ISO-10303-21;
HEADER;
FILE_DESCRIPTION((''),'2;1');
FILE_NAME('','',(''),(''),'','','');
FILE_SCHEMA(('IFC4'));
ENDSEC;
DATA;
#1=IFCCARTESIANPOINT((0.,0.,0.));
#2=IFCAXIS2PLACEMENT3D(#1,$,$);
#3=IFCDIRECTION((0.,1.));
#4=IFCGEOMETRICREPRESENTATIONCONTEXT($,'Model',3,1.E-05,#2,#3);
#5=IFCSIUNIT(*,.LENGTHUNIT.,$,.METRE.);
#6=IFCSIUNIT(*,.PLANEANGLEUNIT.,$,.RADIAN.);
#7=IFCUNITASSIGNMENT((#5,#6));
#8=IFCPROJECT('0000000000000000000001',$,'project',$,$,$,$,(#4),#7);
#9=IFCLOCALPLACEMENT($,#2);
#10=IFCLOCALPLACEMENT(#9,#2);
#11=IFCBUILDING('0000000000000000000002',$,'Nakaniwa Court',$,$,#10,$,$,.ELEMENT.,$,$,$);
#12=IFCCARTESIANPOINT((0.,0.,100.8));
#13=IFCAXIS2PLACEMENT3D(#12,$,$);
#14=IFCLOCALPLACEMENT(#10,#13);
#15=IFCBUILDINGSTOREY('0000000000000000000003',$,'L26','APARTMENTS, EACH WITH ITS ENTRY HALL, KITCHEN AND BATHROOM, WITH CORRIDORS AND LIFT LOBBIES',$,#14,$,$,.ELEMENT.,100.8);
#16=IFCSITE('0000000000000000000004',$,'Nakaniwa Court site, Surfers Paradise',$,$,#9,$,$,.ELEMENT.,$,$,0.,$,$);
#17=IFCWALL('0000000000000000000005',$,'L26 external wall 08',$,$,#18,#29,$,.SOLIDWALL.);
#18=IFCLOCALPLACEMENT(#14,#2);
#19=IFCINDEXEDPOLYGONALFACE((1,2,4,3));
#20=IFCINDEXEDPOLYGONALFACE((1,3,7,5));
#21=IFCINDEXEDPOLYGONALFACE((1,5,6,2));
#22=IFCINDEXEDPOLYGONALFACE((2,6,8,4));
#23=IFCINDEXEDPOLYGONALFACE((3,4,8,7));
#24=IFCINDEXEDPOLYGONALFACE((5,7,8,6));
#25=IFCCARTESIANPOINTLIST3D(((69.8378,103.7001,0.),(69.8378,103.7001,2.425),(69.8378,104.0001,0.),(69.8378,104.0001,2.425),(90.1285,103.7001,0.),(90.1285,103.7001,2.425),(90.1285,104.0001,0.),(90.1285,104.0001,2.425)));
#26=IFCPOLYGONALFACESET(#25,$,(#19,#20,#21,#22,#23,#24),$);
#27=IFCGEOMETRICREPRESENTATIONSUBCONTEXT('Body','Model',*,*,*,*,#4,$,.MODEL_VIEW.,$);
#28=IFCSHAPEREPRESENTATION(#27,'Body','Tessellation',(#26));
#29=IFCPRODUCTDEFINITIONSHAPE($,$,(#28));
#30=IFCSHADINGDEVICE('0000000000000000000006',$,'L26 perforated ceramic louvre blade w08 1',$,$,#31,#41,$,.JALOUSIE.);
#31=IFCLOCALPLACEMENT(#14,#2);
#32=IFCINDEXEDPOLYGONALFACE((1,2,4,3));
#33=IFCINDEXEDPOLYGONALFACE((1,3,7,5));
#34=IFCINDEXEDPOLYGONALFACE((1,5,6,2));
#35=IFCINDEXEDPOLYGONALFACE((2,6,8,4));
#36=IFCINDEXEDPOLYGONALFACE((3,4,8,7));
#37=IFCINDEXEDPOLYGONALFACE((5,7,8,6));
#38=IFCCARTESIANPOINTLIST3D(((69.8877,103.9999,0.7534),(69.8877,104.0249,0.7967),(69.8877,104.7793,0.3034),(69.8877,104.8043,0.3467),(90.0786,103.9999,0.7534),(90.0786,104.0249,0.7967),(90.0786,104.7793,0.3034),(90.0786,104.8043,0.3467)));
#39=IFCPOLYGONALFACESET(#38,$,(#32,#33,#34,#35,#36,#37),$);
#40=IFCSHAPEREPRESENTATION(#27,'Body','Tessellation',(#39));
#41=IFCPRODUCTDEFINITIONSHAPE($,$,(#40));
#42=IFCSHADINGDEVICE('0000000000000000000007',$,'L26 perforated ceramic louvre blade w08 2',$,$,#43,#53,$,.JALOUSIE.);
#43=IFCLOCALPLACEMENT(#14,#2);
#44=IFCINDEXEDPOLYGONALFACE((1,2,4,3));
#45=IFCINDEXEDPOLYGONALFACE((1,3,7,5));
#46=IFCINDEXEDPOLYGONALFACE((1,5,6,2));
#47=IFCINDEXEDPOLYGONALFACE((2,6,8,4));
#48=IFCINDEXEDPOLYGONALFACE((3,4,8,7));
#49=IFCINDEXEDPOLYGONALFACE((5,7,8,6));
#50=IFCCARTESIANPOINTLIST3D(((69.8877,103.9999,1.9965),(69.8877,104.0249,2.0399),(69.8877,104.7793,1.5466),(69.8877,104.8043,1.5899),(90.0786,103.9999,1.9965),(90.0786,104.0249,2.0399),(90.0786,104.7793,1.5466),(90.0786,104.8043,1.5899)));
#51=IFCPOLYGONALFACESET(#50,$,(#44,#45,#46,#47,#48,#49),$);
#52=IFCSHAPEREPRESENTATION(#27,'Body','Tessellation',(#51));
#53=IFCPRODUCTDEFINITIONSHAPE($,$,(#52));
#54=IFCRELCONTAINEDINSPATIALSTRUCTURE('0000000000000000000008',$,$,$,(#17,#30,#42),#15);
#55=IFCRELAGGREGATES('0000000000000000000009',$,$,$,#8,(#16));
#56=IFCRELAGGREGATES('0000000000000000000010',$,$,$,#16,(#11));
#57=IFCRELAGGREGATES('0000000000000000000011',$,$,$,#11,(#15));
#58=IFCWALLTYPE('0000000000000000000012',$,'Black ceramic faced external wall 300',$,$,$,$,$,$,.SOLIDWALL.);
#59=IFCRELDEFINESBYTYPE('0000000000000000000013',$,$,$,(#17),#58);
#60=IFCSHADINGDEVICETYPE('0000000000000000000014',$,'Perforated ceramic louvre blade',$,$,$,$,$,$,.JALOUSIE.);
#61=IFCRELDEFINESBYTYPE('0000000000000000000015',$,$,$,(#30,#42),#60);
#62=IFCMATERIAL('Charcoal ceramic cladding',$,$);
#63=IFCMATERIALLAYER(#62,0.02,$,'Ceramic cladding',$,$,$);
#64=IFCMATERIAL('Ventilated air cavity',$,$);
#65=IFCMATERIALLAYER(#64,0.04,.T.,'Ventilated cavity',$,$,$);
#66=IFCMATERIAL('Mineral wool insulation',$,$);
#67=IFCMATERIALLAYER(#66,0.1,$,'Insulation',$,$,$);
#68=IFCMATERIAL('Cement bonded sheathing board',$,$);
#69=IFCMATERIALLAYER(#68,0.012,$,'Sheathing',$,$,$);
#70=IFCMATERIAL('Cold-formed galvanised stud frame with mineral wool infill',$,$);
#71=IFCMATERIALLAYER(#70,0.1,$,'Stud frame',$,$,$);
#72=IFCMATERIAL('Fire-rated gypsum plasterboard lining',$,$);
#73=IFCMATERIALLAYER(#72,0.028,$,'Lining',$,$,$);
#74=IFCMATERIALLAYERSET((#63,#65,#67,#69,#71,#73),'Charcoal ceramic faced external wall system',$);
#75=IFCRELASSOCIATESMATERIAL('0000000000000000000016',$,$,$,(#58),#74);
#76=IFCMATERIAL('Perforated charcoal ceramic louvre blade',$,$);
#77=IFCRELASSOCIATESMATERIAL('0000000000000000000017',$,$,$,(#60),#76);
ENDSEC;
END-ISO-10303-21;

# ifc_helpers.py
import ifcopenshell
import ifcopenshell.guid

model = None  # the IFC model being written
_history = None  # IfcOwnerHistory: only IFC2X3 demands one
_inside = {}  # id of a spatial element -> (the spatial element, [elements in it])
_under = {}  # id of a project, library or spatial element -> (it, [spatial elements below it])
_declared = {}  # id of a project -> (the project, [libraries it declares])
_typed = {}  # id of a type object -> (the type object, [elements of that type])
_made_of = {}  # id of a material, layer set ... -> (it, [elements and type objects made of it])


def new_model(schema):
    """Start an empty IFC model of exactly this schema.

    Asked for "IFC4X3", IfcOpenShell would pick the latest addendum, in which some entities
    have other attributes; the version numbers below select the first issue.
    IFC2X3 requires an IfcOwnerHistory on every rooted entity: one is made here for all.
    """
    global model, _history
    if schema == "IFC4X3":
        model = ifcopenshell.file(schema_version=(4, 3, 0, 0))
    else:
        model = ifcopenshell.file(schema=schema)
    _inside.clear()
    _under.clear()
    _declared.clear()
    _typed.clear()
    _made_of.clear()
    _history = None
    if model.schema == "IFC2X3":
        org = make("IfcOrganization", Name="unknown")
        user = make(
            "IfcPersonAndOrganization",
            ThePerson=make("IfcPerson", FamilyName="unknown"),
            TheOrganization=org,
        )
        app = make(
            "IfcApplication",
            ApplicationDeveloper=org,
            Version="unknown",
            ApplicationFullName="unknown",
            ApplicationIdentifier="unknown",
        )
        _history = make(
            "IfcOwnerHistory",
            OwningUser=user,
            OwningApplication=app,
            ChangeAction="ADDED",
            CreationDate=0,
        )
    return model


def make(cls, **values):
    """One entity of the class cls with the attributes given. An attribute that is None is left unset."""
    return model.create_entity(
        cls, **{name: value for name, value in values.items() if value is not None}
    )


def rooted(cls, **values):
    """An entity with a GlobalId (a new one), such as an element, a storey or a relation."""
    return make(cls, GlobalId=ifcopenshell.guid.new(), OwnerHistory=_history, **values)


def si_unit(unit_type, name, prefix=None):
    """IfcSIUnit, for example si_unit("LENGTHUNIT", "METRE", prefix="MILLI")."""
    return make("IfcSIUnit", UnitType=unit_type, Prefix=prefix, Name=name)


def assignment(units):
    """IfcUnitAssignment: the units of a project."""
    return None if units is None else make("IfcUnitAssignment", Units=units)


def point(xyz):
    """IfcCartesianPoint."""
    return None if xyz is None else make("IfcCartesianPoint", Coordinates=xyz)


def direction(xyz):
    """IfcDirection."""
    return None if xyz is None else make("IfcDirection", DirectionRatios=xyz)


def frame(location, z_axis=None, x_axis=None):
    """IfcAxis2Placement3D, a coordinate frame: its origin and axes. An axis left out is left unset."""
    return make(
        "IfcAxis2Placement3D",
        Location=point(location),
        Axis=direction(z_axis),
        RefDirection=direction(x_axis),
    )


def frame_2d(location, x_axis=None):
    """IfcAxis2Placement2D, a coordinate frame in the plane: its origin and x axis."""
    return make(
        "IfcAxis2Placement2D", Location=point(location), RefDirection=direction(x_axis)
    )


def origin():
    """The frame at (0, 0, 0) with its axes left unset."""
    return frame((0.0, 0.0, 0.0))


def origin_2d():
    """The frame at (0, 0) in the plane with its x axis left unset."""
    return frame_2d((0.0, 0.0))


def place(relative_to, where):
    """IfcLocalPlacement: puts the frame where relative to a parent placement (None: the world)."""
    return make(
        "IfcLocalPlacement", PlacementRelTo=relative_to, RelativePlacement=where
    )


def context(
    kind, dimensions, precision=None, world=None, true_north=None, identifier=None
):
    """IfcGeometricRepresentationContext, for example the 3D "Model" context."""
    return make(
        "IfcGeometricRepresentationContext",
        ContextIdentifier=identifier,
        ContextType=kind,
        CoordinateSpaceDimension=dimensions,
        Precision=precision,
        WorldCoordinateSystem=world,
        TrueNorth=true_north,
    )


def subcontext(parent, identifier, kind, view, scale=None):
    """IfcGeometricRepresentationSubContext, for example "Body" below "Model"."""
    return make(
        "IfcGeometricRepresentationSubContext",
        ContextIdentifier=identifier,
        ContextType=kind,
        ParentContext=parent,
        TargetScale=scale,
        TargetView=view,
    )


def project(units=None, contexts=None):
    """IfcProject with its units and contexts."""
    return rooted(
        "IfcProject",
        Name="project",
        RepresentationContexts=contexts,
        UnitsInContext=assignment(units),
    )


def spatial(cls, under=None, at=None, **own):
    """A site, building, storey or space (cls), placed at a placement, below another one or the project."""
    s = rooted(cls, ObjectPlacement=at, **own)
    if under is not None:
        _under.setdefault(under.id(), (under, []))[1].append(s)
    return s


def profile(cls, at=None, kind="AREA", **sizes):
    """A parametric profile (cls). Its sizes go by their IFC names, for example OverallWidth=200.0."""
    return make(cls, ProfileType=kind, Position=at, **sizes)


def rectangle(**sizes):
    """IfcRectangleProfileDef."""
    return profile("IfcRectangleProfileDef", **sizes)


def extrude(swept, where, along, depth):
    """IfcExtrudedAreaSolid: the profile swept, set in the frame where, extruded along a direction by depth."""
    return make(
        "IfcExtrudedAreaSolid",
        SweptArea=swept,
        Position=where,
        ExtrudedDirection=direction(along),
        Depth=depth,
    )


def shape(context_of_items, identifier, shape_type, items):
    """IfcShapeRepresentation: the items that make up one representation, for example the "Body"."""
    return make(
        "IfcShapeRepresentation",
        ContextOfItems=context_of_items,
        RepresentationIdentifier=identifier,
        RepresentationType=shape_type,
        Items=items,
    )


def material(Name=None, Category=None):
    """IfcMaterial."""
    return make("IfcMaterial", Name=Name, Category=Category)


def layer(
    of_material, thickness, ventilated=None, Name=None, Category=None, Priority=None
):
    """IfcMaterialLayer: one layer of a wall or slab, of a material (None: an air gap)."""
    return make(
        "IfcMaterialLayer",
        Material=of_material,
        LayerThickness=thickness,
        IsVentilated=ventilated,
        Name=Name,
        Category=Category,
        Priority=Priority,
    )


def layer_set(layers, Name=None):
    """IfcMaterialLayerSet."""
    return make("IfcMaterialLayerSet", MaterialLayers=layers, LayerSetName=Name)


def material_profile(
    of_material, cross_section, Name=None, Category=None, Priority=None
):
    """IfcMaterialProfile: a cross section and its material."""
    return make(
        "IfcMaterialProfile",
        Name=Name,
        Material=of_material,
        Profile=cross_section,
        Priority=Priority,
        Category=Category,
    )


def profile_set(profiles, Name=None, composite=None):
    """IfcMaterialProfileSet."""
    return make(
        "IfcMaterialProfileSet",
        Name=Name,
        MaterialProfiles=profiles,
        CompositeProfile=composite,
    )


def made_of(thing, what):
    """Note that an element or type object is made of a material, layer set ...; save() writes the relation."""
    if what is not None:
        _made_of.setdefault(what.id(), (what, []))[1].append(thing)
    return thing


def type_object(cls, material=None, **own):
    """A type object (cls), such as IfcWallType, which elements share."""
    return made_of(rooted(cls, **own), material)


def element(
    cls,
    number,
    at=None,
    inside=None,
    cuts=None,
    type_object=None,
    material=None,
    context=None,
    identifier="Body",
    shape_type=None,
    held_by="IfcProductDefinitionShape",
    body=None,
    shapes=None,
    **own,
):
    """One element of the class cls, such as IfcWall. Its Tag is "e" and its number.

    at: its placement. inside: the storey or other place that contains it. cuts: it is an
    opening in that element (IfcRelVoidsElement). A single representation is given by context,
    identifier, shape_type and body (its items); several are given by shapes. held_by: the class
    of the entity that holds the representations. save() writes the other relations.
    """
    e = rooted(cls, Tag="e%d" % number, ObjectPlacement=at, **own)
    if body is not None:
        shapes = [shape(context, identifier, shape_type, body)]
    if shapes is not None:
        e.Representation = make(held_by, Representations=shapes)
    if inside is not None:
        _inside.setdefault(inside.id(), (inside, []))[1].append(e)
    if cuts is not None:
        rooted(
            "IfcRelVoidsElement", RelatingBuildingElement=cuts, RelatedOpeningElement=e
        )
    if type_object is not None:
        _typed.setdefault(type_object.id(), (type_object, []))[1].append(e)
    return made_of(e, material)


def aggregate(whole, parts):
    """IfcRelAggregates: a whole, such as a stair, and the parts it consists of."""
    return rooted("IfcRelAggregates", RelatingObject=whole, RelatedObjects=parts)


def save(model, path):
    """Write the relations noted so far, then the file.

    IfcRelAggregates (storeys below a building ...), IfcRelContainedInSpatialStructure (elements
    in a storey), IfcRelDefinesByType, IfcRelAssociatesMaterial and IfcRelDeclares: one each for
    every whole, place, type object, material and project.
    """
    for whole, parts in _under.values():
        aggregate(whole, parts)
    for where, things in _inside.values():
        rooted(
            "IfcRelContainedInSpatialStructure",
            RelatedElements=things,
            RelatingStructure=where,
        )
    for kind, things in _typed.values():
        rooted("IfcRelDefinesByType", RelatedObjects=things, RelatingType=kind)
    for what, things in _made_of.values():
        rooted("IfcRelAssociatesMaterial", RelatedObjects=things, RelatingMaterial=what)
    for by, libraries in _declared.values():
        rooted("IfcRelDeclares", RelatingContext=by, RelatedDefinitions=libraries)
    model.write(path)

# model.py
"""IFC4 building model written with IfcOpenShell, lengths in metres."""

from ifc_helpers import new_model, si_unit, direction, frame, frame_2d, origin, origin_2d, place, context, subcontext, project, spatial, rectangle, extrude, material, layer, layer_set, material_profile, profile_set, type_object, element, save


model = new_model("IFC4")

# Units and contexts
model_context = context("Model", 3, precision=1e-05, world=origin(), true_north=direction((0.0, 1.0)))
body_context = subcontext(model_context, "Body", "Model", "MODEL_VIEW")
ifc_project = project(units=[si_unit("LENGTHUNIT", "METRE"), si_unit("PLANEANGLEUNIT", "RADIAN")], contexts=[model_context])

# Site, building, storey
site_placement = place(None, origin())
site = spatial("IfcSite", under=ifc_project, at=site_placement, Name="Nakaniwa Court site, Surfers Paradise", CompositionType="ELEMENT", RefElevation=0.0)
building_placement = place(site_placement, origin())
building = spatial("IfcBuilding", under=site, at=building_placement, Name="Nakaniwa Court", CompositionType="ELEMENT")
storey_placement = place(building_placement, frame((0.0, 0.0, 100.8)))
storey = spatial("IfcBuildingStorey", under=building, at=storey_placement, Name="L26", Description="APARTMENTS, EACH WITH ITS ENTRY HALL, KITCHEN AND BATHROOM, WITH CORRIDORS AND LIFT LOBBIES", CompositionType="ELEMENT", Elevation=100.8)

# Shared definitions
ifc_material_1 = material(Name="Charcoal ceramic cladding")
ifc_layer_1 = layer(ifc_material_1, 0.02, Name="Ceramic cladding")
ifc_material_2 = material(Name="Ventilated air cavity")
ifc_layer_2 = layer(ifc_material_2, 0.04, ventilated=True, Name="Ventilated cavity")
ifc_material_3 = material(Name="Mineral wool insulation")
ifc_layer_3 = layer(ifc_material_3, 0.1, Name="Insulation")
ifc_material_4 = material(Name="Cement bonded sheathing board")
ifc_layer_4 = layer(ifc_material_4, 0.012, Name="Sheathing")
ifc_material_5 = material(Name="Cold-formed galvanised stud frame with mineral wool infill")
ifc_layer_5 = layer(ifc_material_5, 0.1, Name="Stud frame")
ifc_material_6 = material(Name="Fire-rated gypsum plasterboard lining")
ifc_layer_6 = layer(ifc_material_6, 0.028, Name="Lining")
ifc_layer_set_1 = layer_set([ifc_layer_1, ifc_layer_2, ifc_layer_3, ifc_layer_4, ifc_layer_5, ifc_layer_6], Name="Charcoal ceramic faced external wall system")
wall_type_1 = type_object("IfcWallType", Name="Black ceramic faced external wall 300", PredefinedType="SOLIDWALL", material=ifc_layer_set_1)

# Wall
wall_1_placement = place(storey_placement, frame((90.1287, 103.8501, 0.0), z_axis=(0.0, 0.0, 1.0), x_axis=(-1.0, 0.0, 0.0)))
element("IfcWall", 1, at=wall_1_placement, inside=storey, type_object=wall_type_1, Name="L26 external wall 08", PredefinedType="SOLIDWALL", context=body_context, shape_type="SweptSolid", body=[
    extrude(rectangle(XDim=20.2908, YDim=0.3, at=frame_2d((10.1455, 0.0))), origin(), (0.0, 0.0, 1.0), 2.425),
])

# Shading devices
ifc_material_7 = material(Name="Perforated charcoal ceramic louvre blade")
ifc_material_profile_1 = material_profile(ifc_material_7, rectangle(XDim=0.8999, YDim=0.05, at=origin_2d()), Name="Perforated ceramic louvre blade")
ifc_profile_set_1 = profile_set([ifc_material_profile_1], Name="Perforated charcoal ceramic louvre blade")
shading_device_type = type_object("IfcShadingDeviceType", Name="Perforated ceramic louvre blade", PredefinedType="JALOUSIE", material=ifc_profile_set_1)
for number, where, z_axis, x_axis, name in (
    (2, (90.0786, 104.4021, 0.55), (-1.0, 0.0, 0.0), (0.0, -0.866025, 0.5), "L26 perforated ceramic louvre blade w08 1"),
    (3, (90.0786, 104.4021, 1.7932), (-1.0, 0.0, 0.0), (0.0, -0.866025, 0.5), "L26 perforated ceramic louvre blade w08 2"),
):
    element("IfcShadingDevice", number, at=place(storey_placement, frame(where, z_axis=z_axis, x_axis=x_axis)), inside=storey, type_object=shading_device_type, Name=name, PredefinedType="JALOUSIE", context=body_context, shape_type="SweptSolid", body=[
        extrude(rectangle(XDim=0.8999, YDim=0.05, at=origin_2d()), origin(), (0.0, 0.0, 1.0), 20.1909),
    ])

save(model, "model.ifc")
